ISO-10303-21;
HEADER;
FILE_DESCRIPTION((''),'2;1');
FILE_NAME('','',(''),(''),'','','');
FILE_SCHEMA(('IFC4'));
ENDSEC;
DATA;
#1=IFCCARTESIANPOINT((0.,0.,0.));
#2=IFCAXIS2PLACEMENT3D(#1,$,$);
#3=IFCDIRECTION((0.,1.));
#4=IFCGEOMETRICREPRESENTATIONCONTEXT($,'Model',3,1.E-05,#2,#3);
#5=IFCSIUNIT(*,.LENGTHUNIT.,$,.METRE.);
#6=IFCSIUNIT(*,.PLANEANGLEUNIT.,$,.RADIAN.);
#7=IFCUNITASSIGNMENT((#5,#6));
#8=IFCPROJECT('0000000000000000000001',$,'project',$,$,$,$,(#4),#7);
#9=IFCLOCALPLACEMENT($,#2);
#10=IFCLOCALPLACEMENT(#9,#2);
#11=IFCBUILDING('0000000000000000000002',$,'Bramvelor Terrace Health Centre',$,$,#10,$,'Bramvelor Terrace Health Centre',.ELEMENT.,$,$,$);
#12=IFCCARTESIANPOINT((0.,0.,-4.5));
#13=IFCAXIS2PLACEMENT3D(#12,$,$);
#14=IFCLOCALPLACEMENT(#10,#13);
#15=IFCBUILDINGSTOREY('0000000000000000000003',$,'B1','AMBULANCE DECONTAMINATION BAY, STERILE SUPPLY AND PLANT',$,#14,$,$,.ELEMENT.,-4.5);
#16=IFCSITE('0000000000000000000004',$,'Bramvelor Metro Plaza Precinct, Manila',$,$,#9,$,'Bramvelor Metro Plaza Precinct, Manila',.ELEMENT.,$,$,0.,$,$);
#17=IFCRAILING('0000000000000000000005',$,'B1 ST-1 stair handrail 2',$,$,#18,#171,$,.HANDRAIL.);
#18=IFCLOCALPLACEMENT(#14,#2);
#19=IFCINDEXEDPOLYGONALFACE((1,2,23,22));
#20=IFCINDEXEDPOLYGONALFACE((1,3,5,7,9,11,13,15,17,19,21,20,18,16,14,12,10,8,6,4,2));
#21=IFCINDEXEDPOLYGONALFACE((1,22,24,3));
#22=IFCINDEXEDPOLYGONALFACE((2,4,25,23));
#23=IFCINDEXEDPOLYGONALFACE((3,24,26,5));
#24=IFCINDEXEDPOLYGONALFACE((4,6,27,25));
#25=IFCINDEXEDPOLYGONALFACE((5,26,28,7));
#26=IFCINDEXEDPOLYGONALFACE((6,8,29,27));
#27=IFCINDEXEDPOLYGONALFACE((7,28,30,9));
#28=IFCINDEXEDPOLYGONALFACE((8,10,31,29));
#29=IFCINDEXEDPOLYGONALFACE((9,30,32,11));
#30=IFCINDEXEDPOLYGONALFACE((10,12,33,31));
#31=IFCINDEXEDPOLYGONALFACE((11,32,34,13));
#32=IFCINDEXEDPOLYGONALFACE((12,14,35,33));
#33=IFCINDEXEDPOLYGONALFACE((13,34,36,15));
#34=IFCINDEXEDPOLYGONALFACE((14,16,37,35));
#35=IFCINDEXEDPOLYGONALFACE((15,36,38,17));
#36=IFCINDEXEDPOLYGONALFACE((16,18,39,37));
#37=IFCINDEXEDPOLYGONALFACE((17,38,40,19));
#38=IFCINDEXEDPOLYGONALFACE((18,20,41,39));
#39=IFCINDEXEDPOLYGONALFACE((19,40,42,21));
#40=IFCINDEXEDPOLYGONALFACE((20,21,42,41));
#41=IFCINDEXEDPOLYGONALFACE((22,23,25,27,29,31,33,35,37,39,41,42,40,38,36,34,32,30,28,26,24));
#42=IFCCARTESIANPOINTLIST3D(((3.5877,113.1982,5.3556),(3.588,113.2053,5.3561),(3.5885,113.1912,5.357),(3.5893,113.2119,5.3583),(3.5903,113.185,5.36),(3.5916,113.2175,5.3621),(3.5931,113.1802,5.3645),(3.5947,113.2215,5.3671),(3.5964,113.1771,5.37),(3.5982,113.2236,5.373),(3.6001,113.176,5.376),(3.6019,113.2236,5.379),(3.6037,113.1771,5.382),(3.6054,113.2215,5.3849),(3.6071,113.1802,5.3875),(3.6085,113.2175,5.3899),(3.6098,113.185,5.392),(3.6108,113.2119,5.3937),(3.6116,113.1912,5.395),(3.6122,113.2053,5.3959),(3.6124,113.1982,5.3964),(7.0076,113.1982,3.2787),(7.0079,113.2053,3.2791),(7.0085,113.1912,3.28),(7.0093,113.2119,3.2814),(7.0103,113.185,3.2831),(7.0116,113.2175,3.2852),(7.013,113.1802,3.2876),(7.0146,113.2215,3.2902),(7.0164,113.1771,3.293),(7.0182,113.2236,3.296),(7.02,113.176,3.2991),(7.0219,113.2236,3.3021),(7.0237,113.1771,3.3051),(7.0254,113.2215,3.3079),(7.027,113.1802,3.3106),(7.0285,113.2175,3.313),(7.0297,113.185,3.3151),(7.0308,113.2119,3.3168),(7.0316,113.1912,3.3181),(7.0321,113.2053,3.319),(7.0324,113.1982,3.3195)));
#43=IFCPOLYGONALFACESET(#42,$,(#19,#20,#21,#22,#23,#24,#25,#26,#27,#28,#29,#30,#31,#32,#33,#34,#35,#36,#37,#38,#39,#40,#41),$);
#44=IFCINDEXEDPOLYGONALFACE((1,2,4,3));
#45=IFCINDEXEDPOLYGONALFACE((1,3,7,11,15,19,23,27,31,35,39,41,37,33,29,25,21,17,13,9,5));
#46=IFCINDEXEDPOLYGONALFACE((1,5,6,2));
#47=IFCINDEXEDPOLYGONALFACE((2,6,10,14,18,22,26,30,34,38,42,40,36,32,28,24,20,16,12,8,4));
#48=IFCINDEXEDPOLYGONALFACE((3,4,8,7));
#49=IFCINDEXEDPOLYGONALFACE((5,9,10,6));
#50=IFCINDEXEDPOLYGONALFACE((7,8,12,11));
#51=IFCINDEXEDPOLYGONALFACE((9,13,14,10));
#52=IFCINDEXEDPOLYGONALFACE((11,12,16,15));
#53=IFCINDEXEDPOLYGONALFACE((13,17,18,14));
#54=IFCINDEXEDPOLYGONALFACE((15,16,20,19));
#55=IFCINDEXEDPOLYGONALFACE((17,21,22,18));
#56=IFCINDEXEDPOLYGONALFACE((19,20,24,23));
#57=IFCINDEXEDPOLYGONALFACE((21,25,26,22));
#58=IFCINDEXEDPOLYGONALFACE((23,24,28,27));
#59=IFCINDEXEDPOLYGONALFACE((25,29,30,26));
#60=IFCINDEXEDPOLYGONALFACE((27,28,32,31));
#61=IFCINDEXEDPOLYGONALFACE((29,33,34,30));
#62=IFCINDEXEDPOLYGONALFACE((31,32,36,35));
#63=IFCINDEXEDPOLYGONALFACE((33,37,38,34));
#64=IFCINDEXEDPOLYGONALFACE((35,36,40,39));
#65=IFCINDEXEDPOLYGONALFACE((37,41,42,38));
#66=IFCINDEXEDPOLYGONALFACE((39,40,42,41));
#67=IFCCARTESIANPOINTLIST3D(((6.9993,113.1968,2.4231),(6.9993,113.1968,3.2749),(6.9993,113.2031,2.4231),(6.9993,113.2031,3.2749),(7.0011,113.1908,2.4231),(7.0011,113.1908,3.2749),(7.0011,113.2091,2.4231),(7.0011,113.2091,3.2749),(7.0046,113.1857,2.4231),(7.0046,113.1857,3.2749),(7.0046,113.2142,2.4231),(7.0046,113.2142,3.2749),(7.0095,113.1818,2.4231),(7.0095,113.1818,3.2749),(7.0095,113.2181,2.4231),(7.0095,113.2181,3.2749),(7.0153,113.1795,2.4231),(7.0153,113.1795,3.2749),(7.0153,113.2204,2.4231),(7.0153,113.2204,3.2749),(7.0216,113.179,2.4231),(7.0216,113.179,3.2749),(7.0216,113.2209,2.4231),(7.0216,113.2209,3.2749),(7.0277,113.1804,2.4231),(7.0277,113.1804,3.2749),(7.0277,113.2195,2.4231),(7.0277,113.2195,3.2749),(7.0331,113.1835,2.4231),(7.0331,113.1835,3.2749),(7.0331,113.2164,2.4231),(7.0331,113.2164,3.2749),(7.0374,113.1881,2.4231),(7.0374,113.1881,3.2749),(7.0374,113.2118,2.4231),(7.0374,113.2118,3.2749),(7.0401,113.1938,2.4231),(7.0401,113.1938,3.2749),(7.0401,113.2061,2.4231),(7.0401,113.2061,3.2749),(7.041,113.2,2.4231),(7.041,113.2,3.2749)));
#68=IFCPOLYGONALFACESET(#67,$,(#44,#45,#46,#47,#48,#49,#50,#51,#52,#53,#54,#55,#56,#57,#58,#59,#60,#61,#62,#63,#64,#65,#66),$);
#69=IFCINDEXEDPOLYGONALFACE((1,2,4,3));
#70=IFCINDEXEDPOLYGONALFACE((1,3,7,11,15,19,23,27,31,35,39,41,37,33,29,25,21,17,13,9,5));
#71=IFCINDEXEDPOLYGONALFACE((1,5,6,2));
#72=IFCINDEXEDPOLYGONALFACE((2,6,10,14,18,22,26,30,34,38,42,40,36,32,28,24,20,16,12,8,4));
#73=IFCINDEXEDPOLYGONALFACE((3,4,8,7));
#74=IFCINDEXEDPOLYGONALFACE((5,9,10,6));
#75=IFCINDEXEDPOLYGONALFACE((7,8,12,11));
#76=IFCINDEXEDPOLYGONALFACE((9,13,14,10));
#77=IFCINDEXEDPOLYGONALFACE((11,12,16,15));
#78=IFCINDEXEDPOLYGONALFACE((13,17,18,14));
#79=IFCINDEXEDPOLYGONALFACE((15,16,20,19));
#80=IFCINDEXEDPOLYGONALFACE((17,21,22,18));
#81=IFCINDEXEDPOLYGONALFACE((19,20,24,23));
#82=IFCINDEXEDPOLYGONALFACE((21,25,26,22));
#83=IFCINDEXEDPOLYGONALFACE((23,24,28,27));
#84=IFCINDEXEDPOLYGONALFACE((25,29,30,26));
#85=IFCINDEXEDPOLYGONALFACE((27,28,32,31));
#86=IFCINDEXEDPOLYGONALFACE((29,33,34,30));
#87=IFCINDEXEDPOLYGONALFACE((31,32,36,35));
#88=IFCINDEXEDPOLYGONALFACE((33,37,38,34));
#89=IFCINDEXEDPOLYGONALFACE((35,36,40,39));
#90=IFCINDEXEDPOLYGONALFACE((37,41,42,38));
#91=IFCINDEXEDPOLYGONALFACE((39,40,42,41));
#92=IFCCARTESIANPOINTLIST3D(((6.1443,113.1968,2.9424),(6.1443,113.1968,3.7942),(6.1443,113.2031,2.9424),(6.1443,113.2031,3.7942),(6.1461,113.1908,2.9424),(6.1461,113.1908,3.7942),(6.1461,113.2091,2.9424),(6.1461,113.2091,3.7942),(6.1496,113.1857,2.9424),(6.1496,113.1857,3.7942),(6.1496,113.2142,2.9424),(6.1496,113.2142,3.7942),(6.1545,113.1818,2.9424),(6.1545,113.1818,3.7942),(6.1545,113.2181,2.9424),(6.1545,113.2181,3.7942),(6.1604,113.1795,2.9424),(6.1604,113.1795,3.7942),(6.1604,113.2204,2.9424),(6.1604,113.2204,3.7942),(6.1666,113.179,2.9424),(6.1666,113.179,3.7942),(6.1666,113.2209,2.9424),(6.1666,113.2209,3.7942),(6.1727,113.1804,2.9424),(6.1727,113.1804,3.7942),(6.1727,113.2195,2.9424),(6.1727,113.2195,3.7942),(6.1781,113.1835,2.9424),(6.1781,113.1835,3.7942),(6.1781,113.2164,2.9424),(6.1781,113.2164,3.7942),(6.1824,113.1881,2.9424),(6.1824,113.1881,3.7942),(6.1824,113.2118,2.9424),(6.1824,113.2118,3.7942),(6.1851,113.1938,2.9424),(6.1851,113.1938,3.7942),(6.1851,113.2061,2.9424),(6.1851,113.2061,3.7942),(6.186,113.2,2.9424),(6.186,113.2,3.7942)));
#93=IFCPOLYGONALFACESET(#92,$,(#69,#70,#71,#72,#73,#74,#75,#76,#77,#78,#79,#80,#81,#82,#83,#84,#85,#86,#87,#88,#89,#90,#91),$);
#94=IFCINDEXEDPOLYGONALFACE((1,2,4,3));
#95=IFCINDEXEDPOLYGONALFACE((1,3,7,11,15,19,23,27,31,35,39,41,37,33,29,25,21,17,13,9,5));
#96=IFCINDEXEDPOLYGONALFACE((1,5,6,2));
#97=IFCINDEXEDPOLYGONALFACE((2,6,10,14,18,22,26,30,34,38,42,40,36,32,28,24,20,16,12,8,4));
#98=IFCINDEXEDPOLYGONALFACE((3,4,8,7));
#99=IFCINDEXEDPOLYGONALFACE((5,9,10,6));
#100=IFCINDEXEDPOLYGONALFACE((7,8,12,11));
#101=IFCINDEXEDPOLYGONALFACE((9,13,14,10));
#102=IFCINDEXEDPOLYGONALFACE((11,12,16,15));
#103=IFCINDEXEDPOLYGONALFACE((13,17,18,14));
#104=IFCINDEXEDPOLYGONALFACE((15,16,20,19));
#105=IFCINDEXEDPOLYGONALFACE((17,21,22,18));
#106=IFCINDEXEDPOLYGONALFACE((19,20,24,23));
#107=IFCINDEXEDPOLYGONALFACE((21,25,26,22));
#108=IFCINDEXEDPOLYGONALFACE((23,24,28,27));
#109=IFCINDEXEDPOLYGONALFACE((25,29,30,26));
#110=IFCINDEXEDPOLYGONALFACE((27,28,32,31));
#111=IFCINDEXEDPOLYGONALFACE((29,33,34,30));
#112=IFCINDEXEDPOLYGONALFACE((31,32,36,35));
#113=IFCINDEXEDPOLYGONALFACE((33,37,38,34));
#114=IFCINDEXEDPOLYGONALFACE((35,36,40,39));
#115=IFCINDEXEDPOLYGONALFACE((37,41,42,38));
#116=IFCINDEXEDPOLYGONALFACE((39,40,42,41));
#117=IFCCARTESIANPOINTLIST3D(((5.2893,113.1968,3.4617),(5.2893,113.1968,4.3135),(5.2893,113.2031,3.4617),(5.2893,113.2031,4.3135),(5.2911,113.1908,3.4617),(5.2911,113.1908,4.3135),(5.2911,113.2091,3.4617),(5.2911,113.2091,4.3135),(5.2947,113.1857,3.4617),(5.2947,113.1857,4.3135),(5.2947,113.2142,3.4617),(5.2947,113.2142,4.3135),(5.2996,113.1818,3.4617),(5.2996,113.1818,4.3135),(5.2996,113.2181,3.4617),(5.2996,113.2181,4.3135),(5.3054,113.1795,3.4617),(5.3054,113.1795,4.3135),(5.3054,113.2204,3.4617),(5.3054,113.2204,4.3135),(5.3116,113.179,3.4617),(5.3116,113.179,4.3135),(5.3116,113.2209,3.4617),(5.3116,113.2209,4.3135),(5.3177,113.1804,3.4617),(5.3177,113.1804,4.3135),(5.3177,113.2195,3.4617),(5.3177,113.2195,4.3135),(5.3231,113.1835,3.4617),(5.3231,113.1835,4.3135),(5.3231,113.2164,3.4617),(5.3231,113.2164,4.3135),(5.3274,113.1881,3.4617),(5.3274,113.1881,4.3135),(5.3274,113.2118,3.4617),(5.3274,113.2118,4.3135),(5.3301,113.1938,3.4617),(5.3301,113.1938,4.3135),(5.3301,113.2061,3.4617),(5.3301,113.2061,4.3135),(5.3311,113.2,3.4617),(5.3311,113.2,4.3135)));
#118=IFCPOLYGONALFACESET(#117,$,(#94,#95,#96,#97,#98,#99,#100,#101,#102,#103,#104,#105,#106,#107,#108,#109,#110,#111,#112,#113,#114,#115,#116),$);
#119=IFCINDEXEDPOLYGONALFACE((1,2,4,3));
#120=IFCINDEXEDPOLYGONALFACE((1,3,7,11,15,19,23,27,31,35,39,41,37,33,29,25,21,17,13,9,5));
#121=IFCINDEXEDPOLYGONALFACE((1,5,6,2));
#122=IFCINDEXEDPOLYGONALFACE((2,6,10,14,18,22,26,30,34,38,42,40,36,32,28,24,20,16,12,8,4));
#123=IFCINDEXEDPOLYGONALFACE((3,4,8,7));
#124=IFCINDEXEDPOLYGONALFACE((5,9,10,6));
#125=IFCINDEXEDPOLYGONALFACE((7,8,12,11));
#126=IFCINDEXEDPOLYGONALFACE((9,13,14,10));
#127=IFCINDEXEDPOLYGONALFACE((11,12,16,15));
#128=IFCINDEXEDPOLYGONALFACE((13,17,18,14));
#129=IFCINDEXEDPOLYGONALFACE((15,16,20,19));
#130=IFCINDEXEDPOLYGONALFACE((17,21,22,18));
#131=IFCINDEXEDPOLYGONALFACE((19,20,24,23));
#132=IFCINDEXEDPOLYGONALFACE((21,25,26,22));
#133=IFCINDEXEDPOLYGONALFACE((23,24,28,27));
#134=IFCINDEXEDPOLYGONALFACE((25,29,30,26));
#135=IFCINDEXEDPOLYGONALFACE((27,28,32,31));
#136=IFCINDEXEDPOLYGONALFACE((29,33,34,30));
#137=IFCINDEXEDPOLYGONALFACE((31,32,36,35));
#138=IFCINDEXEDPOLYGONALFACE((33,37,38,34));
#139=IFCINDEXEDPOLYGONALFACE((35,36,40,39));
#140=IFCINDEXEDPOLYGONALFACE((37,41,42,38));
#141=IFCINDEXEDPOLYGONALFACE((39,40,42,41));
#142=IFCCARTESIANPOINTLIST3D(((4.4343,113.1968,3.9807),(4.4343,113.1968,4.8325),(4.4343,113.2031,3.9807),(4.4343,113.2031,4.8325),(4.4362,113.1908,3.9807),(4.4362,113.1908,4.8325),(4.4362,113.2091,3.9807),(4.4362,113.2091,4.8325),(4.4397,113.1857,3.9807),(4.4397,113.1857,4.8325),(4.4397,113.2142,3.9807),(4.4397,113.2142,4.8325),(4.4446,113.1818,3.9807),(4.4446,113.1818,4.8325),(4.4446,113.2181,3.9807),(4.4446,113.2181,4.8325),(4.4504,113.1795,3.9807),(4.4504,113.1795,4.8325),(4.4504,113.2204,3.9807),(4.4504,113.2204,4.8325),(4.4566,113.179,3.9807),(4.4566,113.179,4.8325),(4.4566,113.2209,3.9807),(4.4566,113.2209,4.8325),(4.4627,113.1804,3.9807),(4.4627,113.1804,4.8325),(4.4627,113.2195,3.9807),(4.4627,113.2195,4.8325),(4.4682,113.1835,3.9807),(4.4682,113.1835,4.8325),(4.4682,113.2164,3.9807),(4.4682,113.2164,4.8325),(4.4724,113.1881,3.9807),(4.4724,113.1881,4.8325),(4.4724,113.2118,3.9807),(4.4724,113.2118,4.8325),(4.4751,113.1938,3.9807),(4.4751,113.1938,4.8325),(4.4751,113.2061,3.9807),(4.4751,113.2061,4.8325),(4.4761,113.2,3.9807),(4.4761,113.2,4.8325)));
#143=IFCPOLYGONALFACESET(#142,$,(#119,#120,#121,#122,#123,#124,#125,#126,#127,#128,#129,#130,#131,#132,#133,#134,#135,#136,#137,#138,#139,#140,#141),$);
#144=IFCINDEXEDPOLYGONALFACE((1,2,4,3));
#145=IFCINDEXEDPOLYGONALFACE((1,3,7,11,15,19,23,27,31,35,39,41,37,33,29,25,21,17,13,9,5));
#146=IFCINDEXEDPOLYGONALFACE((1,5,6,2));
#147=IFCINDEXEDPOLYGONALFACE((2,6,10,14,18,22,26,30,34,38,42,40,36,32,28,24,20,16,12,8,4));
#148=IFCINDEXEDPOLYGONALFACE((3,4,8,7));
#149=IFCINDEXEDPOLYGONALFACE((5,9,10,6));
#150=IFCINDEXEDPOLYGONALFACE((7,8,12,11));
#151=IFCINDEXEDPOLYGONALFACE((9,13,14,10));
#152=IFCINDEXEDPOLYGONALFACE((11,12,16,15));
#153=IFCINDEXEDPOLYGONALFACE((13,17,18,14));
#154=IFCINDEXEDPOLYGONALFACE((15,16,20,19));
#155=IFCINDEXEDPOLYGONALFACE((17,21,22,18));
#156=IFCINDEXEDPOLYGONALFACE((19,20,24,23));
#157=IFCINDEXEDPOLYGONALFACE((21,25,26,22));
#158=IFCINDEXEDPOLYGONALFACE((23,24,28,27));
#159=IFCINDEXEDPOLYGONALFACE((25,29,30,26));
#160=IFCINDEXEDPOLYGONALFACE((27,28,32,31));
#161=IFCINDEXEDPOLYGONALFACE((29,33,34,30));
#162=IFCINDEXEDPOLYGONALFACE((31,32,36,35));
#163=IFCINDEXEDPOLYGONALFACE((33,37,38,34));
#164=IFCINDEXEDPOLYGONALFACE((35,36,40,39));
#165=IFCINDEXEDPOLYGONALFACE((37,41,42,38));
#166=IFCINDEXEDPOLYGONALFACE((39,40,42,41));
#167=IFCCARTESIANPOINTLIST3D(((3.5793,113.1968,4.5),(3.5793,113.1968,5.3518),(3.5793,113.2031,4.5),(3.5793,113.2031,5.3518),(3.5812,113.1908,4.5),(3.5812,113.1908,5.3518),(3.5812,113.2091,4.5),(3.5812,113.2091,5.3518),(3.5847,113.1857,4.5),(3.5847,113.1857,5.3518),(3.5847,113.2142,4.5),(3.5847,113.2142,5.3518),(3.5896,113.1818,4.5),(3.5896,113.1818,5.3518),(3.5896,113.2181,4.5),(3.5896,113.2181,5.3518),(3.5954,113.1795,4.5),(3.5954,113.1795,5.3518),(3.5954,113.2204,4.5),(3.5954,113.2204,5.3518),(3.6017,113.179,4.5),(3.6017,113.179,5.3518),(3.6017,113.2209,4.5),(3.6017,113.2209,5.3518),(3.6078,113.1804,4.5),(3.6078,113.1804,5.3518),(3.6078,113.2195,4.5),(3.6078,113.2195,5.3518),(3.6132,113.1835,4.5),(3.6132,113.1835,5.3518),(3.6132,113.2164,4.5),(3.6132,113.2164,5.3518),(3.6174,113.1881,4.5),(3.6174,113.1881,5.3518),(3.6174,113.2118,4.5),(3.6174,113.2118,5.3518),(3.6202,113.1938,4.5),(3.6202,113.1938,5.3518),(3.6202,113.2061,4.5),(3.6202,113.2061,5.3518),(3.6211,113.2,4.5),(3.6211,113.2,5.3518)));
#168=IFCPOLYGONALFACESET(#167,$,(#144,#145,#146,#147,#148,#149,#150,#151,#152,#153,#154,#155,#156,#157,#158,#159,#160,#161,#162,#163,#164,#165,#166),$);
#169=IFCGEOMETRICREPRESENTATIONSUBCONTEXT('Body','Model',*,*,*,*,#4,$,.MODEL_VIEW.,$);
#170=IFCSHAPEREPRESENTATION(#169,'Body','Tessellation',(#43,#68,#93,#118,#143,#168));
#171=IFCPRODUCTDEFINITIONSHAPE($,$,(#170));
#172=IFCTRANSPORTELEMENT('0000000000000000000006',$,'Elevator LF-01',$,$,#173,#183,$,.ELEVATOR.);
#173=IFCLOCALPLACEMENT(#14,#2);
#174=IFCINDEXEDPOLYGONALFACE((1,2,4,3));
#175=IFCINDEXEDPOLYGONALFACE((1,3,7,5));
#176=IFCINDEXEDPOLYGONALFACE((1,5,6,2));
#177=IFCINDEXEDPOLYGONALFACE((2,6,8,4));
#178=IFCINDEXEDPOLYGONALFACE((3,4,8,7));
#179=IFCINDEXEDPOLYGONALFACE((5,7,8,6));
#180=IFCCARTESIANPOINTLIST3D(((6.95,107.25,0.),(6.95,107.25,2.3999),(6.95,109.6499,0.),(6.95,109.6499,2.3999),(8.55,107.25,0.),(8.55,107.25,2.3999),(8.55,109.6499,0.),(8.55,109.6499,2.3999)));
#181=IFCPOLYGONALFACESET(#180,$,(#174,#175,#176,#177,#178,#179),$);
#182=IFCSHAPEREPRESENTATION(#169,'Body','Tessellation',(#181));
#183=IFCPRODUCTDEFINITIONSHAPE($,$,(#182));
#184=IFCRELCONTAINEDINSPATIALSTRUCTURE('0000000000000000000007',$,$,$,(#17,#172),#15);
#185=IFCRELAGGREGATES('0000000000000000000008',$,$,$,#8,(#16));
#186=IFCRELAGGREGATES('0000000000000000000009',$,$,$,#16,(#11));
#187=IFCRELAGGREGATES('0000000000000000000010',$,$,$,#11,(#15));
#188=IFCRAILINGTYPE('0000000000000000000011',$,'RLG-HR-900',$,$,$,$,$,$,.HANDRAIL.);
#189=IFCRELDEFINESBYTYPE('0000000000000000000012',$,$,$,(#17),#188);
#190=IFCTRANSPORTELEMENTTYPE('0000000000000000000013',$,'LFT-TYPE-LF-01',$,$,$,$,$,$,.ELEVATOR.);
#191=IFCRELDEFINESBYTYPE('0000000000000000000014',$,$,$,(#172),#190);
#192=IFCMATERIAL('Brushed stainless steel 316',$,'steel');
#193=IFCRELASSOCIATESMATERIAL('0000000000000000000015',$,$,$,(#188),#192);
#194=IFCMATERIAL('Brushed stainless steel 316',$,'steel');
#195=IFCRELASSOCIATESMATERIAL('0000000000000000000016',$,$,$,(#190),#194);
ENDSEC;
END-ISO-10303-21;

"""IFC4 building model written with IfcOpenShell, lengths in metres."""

from ifc_helpers import new_model, si_unit, direction, frame, origin, origin_2d, place, context, subcontext, project, spatial, rectangle, circle, extrude, material, type_object, element, save


model = new_model("IFC4")

# Units and contexts
model_context = context("Model", 3, precision=1e-05, world=origin(), true_north=direction((0.0, 1.0)))
body_context = subcontext(model_context, "Body", "Model", "MODEL_VIEW")
ifc_project = project(units=[si_unit("LENGTHUNIT", "METRE"), si_unit("PLANEANGLEUNIT", "RADIAN")], contexts=[model_context])

# Site, building, storey
site_placement = place(None, origin())
site = spatial("IfcSite", under=ifc_project, at=site_placement, Name="Bramvelor Metro Plaza Precinct, Manila", LongName="Bramvelor Metro Plaza Precinct, Manila", CompositionType="ELEMENT", RefElevation=0.0)
building_placement = place(site_placement, origin())
building = spatial("IfcBuilding", under=site, at=building_placement, Name="Bramvelor Terrace Health Centre", LongName="Bramvelor Terrace Health Centre", CompositionType="ELEMENT")
storey_placement = place(building_placement, frame((0.0, 0.0, -4.5)))
storey = spatial("IfcBuildingStorey", under=building, at=storey_placement, Name="B1", Description="AMBULANCE DECONTAMINATION BAY, STERILE SUPPLY AND PLANT", CompositionType="ELEMENT", Elevation=-4.5)

# Railing
ifc_material_1 = material(Name="Brushed stainless steel 316", Category="steel")
railing_type_1 = type_object("IfcRailingType", Name="RLG-HR-900", PredefinedType="HANDRAIL", material=ifc_material_1)
railing_1_placement = place(storey_placement, frame((7.02, 113.2, 2.4231)))
element("IfcRailing", 1, at=railing_1_placement, inside=storey, type_object=railing_type_1, Name="B1 ST-1 stair handrail 2", PredefinedType="HANDRAIL", context=body_context, shape_type="SweptSolid", body=[
    extrude(circle(Radius=0.0239, at=origin_2d()), frame((0.0, 0.0, 0.876), z_axis=(-0.85473, 0.0, 0.519074), x_axis=(0.0, -1.0, 0.0)), (0.0, 0.0, 1.0), 4.0012),
    extrude(circle(Radius=0.021, at=origin_2d()), origin(), (0.0, 0.0, 1.0), 0.8518),
    extrude(circle(Radius=0.021, at=origin_2d()), frame((-0.855, 0.0, 0.5193)), (0.0, 0.0, 1.0), 0.8518),
    extrude(circle(Radius=0.021, at=origin_2d()), frame((-1.71, 0.0, 1.0386)), (0.0, 0.0, 1.0), 0.8518),
    extrude(circle(Radius=0.021, at=origin_2d()), frame((-2.5649, 0.0, 1.5576)), (0.0, 0.0, 1.0), 0.8518),
    extrude(circle(Radius=0.021, at=origin_2d()), frame((-3.4199, 0.0, 2.0769)), (0.0, 0.0, 1.0), 0.8518),
])

# Transport element
ifc_material_2 = material(Name="Brushed stainless steel 316", Category="steel")
transport_element_type = type_object("IfcTransportElementType", Name="LFT-TYPE-LF-01", PredefinedType="ELEVATOR", material=ifc_material_2)
transport_element_placement = place(storey_placement, frame((7.75, 108.45, 0.0), z_axis=(0.0, 0.0, 1.0), x_axis=(1.0, 0.0, 0.0)))
element("IfcTransportElement", 2, at=transport_element_placement, inside=storey, type_object=transport_element_type, Name="Elevator LF-01", PredefinedType="ELEVATOR", context=body_context, shape_type="SweptSolid", body=[
    extrude(rectangle(XDim=1.6001, YDim=2.3999, at=origin_2d()), origin(), (0.0, 0.0, 1.0), 2.3999),
])

save(model, "model.ifc")
